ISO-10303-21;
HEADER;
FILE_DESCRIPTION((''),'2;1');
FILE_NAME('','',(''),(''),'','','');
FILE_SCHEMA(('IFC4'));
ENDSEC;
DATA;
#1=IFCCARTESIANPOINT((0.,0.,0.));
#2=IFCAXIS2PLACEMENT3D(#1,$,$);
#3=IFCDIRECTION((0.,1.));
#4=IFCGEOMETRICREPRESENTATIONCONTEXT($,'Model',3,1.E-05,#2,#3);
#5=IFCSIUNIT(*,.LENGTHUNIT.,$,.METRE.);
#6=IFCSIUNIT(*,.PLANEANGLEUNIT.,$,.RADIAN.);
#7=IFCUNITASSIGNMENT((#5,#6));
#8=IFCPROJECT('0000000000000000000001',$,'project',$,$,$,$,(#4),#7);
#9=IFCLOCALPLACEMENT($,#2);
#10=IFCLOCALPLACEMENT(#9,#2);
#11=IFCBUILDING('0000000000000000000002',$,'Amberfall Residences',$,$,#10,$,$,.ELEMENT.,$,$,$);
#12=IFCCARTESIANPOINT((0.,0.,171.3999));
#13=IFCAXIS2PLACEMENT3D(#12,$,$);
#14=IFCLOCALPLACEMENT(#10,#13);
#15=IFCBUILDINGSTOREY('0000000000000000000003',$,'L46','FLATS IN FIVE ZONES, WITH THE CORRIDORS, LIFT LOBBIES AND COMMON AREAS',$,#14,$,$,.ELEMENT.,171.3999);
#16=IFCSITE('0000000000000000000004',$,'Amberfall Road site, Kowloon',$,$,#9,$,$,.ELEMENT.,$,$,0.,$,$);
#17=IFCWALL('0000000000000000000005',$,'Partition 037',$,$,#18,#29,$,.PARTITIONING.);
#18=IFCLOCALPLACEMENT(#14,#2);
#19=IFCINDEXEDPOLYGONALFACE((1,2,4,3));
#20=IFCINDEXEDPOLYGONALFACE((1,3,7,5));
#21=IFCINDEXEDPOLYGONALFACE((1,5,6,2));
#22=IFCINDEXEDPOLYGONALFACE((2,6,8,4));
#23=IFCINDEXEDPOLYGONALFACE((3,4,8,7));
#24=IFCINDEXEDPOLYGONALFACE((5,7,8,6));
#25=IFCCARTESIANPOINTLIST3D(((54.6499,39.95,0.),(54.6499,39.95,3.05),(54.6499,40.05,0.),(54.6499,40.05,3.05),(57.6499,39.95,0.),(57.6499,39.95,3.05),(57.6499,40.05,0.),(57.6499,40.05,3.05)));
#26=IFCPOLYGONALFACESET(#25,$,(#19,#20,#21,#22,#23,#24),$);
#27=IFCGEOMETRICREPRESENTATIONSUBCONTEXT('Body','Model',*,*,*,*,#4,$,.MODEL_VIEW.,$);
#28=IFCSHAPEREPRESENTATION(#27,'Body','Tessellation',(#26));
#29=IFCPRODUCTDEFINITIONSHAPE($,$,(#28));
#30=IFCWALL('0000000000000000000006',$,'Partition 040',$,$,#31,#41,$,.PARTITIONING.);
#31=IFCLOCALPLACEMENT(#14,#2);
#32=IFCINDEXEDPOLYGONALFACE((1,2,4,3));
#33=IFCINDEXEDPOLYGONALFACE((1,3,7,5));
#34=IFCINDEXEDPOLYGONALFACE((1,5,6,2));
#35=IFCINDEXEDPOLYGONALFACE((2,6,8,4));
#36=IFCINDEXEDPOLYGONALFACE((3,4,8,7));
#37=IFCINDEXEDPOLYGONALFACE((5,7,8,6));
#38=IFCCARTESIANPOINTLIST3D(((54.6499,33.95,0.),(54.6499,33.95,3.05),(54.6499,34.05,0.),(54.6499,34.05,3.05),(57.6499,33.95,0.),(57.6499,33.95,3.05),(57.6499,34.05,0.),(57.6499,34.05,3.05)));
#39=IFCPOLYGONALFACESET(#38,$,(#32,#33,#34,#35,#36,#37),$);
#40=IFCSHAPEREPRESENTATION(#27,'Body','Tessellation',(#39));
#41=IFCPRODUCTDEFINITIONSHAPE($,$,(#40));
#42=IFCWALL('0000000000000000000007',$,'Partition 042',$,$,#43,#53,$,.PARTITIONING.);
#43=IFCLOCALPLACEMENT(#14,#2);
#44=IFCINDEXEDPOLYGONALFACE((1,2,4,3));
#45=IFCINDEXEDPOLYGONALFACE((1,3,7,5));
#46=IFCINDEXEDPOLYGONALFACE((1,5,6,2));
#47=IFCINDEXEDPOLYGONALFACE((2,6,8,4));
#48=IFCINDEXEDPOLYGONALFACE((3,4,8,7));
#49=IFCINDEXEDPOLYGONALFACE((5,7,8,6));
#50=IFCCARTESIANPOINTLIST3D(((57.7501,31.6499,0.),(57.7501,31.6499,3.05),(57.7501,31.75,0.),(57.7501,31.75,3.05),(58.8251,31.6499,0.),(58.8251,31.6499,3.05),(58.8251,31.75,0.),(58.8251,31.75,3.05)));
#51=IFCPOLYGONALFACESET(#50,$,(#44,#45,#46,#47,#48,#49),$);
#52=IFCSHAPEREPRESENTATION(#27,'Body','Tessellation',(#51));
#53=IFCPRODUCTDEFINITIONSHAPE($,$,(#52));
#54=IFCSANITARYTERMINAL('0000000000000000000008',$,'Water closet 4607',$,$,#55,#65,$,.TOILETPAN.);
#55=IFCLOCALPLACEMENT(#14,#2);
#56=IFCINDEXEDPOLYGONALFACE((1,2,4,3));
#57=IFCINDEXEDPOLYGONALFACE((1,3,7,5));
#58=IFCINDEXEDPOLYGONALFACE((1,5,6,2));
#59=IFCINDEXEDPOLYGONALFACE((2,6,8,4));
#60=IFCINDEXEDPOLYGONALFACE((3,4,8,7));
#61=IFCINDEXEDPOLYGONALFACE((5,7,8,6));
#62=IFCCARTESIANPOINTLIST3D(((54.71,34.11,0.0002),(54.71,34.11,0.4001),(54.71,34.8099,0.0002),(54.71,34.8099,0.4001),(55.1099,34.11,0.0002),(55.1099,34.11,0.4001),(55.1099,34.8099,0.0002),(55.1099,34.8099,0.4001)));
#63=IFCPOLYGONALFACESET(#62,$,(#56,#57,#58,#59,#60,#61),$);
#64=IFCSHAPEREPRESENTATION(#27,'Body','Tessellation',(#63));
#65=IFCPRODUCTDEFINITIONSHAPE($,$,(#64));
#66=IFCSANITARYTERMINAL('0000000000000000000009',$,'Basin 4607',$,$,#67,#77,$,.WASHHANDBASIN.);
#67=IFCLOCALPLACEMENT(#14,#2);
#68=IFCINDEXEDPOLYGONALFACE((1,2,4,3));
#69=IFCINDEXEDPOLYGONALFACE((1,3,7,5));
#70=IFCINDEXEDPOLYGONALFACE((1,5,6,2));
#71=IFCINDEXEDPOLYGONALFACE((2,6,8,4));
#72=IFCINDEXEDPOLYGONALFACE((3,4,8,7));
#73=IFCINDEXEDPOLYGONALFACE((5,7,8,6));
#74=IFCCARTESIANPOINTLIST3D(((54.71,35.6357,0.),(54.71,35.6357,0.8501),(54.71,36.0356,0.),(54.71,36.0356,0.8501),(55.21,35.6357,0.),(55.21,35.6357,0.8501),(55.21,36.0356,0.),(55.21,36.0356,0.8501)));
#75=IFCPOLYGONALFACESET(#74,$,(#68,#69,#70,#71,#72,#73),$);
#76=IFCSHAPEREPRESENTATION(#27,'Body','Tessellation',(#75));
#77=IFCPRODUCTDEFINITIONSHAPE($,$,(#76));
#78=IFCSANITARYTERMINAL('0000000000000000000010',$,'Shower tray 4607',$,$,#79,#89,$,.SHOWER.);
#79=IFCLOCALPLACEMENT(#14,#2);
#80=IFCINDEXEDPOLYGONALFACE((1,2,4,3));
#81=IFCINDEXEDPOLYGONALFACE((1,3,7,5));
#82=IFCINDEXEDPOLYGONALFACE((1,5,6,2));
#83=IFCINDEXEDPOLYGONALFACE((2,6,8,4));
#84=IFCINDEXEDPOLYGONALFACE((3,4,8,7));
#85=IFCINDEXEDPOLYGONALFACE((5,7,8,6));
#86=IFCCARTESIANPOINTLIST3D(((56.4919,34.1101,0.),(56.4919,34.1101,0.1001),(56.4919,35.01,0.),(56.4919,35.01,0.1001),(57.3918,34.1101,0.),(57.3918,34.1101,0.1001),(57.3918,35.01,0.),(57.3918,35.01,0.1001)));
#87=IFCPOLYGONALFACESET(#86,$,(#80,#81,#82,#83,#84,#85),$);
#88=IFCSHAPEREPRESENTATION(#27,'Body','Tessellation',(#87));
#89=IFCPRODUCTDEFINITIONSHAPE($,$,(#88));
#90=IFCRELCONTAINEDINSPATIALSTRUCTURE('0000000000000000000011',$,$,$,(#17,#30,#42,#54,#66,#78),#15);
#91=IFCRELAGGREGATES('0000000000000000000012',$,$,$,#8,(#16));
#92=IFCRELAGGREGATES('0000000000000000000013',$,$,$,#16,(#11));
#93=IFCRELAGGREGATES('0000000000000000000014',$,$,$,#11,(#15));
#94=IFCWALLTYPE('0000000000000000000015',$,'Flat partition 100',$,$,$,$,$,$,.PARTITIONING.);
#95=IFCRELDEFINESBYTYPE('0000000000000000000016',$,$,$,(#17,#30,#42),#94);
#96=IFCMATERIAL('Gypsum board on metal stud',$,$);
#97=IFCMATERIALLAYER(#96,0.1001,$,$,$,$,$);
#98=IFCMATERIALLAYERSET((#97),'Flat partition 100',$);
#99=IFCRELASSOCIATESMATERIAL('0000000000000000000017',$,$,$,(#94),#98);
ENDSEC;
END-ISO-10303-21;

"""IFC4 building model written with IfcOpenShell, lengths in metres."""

from ifc_helpers import new_model, si_unit, direction, frame, frame_2d, origin, origin_2d, place, context, subcontext, project, spatial, rectangle, extrude, material, layer, layer_set, type_object, element, save


model = new_model("IFC4")

# Units and contexts
model_context = context("Model", 3, precision=1e-05, world=origin(), true_north=direction((0.0, 1.0)))
body_context = subcontext(model_context, "Body", "Model", "MODEL_VIEW")
ifc_project = project(units=[si_unit("LENGTHUNIT", "METRE"), si_unit("PLANEANGLEUNIT", "RADIAN")], contexts=[model_context])

# Site, building, storey
site_placement = place(None, origin())
site = spatial("IfcSite", under=ifc_project, at=site_placement, Name="Amberfall Road site, Kowloon", CompositionType="ELEMENT", RefElevation=0.0)
building_placement = place(site_placement, origin())
building = spatial("IfcBuilding", under=site, at=building_placement, Name="Amberfall Residences", CompositionType="ELEMENT")
storey_placement = place(building_placement, frame((0.0, 0.0, 171.3999)))
storey = spatial("IfcBuildingStorey", under=building, at=storey_placement, Name="L46", Description="FLATS IN FIVE ZONES, WITH THE CORRIDORS, LIFT LOBBIES AND COMMON AREAS", CompositionType="ELEMENT", Elevation=171.3999)

# Shared definitions
ifc_material_1 = material(Name="Gypsum board on metal stud")
ifc_layer_1 = layer(ifc_material_1, 0.1001)
ifc_layer_set_1 = layer_set([ifc_layer_1], Name="Flat partition 100")
wall_type_1 = type_object("IfcWallType", Name="Flat partition 100", PredefinedType="PARTITIONING", material=ifc_layer_set_1)

# Walls
for number, where, z_axis, x_axis, name in (
    (1, (54.6499, 40.0, 0.0), (0.0, 0.0, 1.0), (1.0, 0.0, 0.0), "Partition 037"),
    (2, (54.6499, 34.0, 0.0), (0.0, 0.0, 1.0), (1.0, 0.0, 0.0), "Partition 040"),
):
    element("IfcWall", number, at=place(storey_placement, frame(where, z_axis=z_axis, x_axis=x_axis)), inside=storey, type_object=wall_type_1, Name=name, PredefinedType="PARTITIONING", context=body_context, shape_type="SweptSolid", body=[
        extrude(rectangle(XDim=3.0, YDim=0.1001, at=frame_2d((1.5, 0.0))), origin(), (0.0, 0.0, 1.0), 3.05),
    ])
wall_1_placement = place(storey_placement, frame((57.75, 31.7, 0.0), z_axis=(0.0, 0.0, 1.0), x_axis=(1.0, 0.0, 0.0)))
element("IfcWall", 3, at=wall_1_placement, inside=storey, type_object=wall_type_1, Name="Partition 042", PredefinedType="PARTITIONING", context=body_context, shape_type="SweptSolid", body=[
    extrude(rectangle(XDim=1.075, YDim=0.1001, at=frame_2d((0.5376, 0.0))), origin(), (0.0, 0.0, 1.0), 3.05),
])

# Sanitary terminals
sanitary_terminal_1_placement = place(storey_placement, frame((54.9099, 34.46, 0.0002), z_axis=(0.0, 0.0, 1.0), x_axis=(1.0, 0.0, 0.0)))
element("IfcSanitaryTerminal", 4, at=sanitary_terminal_1_placement, inside=storey, Name="Water closet 4607", PredefinedType="TOILETPAN", context=body_context, shape_type="SweptSolid", body=[
    extrude(rectangle(XDim=0.3999, YDim=0.7, at=origin_2d()), origin(), (0.0, 0.0, 1.0), 0.3999),
])
sanitary_terminal_2_placement = place(storey_placement, frame((54.96, 35.8357, 0.0), z_axis=(0.0, 0.0, 1.0), x_axis=(1.0, 0.0, 0.0)))
element("IfcSanitaryTerminal", 5, at=sanitary_terminal_2_placement, inside=storey, Name="Basin 4607", PredefinedType="WASHHANDBASIN", context=body_context, shape_type="SweptSolid", body=[
    extrude(rectangle(XDim=0.5, YDim=0.3999, at=origin_2d()), origin(), (0.0, 0.0, 1.0), 0.8501),
])
sanitary_terminal_3_placement = place(storey_placement, frame((56.9419, 34.5601, 0.0), z_axis=(0.0, 0.0, 1.0), x_axis=(1.0, 0.0, 0.0)))
element("IfcSanitaryTerminal", 6, at=sanitary_terminal_3_placement, inside=storey, Name="Shower tray 4607", PredefinedType="SHOWER", context=body_context, shape_type="SweptSolid", body=[
    extrude(rectangle(XDim=0.8999, YDim=0.8999, at=origin_2d()), origin(), (0.0, 0.0, 1.0), 0.1001),
])

save(model, "model.ifc")
